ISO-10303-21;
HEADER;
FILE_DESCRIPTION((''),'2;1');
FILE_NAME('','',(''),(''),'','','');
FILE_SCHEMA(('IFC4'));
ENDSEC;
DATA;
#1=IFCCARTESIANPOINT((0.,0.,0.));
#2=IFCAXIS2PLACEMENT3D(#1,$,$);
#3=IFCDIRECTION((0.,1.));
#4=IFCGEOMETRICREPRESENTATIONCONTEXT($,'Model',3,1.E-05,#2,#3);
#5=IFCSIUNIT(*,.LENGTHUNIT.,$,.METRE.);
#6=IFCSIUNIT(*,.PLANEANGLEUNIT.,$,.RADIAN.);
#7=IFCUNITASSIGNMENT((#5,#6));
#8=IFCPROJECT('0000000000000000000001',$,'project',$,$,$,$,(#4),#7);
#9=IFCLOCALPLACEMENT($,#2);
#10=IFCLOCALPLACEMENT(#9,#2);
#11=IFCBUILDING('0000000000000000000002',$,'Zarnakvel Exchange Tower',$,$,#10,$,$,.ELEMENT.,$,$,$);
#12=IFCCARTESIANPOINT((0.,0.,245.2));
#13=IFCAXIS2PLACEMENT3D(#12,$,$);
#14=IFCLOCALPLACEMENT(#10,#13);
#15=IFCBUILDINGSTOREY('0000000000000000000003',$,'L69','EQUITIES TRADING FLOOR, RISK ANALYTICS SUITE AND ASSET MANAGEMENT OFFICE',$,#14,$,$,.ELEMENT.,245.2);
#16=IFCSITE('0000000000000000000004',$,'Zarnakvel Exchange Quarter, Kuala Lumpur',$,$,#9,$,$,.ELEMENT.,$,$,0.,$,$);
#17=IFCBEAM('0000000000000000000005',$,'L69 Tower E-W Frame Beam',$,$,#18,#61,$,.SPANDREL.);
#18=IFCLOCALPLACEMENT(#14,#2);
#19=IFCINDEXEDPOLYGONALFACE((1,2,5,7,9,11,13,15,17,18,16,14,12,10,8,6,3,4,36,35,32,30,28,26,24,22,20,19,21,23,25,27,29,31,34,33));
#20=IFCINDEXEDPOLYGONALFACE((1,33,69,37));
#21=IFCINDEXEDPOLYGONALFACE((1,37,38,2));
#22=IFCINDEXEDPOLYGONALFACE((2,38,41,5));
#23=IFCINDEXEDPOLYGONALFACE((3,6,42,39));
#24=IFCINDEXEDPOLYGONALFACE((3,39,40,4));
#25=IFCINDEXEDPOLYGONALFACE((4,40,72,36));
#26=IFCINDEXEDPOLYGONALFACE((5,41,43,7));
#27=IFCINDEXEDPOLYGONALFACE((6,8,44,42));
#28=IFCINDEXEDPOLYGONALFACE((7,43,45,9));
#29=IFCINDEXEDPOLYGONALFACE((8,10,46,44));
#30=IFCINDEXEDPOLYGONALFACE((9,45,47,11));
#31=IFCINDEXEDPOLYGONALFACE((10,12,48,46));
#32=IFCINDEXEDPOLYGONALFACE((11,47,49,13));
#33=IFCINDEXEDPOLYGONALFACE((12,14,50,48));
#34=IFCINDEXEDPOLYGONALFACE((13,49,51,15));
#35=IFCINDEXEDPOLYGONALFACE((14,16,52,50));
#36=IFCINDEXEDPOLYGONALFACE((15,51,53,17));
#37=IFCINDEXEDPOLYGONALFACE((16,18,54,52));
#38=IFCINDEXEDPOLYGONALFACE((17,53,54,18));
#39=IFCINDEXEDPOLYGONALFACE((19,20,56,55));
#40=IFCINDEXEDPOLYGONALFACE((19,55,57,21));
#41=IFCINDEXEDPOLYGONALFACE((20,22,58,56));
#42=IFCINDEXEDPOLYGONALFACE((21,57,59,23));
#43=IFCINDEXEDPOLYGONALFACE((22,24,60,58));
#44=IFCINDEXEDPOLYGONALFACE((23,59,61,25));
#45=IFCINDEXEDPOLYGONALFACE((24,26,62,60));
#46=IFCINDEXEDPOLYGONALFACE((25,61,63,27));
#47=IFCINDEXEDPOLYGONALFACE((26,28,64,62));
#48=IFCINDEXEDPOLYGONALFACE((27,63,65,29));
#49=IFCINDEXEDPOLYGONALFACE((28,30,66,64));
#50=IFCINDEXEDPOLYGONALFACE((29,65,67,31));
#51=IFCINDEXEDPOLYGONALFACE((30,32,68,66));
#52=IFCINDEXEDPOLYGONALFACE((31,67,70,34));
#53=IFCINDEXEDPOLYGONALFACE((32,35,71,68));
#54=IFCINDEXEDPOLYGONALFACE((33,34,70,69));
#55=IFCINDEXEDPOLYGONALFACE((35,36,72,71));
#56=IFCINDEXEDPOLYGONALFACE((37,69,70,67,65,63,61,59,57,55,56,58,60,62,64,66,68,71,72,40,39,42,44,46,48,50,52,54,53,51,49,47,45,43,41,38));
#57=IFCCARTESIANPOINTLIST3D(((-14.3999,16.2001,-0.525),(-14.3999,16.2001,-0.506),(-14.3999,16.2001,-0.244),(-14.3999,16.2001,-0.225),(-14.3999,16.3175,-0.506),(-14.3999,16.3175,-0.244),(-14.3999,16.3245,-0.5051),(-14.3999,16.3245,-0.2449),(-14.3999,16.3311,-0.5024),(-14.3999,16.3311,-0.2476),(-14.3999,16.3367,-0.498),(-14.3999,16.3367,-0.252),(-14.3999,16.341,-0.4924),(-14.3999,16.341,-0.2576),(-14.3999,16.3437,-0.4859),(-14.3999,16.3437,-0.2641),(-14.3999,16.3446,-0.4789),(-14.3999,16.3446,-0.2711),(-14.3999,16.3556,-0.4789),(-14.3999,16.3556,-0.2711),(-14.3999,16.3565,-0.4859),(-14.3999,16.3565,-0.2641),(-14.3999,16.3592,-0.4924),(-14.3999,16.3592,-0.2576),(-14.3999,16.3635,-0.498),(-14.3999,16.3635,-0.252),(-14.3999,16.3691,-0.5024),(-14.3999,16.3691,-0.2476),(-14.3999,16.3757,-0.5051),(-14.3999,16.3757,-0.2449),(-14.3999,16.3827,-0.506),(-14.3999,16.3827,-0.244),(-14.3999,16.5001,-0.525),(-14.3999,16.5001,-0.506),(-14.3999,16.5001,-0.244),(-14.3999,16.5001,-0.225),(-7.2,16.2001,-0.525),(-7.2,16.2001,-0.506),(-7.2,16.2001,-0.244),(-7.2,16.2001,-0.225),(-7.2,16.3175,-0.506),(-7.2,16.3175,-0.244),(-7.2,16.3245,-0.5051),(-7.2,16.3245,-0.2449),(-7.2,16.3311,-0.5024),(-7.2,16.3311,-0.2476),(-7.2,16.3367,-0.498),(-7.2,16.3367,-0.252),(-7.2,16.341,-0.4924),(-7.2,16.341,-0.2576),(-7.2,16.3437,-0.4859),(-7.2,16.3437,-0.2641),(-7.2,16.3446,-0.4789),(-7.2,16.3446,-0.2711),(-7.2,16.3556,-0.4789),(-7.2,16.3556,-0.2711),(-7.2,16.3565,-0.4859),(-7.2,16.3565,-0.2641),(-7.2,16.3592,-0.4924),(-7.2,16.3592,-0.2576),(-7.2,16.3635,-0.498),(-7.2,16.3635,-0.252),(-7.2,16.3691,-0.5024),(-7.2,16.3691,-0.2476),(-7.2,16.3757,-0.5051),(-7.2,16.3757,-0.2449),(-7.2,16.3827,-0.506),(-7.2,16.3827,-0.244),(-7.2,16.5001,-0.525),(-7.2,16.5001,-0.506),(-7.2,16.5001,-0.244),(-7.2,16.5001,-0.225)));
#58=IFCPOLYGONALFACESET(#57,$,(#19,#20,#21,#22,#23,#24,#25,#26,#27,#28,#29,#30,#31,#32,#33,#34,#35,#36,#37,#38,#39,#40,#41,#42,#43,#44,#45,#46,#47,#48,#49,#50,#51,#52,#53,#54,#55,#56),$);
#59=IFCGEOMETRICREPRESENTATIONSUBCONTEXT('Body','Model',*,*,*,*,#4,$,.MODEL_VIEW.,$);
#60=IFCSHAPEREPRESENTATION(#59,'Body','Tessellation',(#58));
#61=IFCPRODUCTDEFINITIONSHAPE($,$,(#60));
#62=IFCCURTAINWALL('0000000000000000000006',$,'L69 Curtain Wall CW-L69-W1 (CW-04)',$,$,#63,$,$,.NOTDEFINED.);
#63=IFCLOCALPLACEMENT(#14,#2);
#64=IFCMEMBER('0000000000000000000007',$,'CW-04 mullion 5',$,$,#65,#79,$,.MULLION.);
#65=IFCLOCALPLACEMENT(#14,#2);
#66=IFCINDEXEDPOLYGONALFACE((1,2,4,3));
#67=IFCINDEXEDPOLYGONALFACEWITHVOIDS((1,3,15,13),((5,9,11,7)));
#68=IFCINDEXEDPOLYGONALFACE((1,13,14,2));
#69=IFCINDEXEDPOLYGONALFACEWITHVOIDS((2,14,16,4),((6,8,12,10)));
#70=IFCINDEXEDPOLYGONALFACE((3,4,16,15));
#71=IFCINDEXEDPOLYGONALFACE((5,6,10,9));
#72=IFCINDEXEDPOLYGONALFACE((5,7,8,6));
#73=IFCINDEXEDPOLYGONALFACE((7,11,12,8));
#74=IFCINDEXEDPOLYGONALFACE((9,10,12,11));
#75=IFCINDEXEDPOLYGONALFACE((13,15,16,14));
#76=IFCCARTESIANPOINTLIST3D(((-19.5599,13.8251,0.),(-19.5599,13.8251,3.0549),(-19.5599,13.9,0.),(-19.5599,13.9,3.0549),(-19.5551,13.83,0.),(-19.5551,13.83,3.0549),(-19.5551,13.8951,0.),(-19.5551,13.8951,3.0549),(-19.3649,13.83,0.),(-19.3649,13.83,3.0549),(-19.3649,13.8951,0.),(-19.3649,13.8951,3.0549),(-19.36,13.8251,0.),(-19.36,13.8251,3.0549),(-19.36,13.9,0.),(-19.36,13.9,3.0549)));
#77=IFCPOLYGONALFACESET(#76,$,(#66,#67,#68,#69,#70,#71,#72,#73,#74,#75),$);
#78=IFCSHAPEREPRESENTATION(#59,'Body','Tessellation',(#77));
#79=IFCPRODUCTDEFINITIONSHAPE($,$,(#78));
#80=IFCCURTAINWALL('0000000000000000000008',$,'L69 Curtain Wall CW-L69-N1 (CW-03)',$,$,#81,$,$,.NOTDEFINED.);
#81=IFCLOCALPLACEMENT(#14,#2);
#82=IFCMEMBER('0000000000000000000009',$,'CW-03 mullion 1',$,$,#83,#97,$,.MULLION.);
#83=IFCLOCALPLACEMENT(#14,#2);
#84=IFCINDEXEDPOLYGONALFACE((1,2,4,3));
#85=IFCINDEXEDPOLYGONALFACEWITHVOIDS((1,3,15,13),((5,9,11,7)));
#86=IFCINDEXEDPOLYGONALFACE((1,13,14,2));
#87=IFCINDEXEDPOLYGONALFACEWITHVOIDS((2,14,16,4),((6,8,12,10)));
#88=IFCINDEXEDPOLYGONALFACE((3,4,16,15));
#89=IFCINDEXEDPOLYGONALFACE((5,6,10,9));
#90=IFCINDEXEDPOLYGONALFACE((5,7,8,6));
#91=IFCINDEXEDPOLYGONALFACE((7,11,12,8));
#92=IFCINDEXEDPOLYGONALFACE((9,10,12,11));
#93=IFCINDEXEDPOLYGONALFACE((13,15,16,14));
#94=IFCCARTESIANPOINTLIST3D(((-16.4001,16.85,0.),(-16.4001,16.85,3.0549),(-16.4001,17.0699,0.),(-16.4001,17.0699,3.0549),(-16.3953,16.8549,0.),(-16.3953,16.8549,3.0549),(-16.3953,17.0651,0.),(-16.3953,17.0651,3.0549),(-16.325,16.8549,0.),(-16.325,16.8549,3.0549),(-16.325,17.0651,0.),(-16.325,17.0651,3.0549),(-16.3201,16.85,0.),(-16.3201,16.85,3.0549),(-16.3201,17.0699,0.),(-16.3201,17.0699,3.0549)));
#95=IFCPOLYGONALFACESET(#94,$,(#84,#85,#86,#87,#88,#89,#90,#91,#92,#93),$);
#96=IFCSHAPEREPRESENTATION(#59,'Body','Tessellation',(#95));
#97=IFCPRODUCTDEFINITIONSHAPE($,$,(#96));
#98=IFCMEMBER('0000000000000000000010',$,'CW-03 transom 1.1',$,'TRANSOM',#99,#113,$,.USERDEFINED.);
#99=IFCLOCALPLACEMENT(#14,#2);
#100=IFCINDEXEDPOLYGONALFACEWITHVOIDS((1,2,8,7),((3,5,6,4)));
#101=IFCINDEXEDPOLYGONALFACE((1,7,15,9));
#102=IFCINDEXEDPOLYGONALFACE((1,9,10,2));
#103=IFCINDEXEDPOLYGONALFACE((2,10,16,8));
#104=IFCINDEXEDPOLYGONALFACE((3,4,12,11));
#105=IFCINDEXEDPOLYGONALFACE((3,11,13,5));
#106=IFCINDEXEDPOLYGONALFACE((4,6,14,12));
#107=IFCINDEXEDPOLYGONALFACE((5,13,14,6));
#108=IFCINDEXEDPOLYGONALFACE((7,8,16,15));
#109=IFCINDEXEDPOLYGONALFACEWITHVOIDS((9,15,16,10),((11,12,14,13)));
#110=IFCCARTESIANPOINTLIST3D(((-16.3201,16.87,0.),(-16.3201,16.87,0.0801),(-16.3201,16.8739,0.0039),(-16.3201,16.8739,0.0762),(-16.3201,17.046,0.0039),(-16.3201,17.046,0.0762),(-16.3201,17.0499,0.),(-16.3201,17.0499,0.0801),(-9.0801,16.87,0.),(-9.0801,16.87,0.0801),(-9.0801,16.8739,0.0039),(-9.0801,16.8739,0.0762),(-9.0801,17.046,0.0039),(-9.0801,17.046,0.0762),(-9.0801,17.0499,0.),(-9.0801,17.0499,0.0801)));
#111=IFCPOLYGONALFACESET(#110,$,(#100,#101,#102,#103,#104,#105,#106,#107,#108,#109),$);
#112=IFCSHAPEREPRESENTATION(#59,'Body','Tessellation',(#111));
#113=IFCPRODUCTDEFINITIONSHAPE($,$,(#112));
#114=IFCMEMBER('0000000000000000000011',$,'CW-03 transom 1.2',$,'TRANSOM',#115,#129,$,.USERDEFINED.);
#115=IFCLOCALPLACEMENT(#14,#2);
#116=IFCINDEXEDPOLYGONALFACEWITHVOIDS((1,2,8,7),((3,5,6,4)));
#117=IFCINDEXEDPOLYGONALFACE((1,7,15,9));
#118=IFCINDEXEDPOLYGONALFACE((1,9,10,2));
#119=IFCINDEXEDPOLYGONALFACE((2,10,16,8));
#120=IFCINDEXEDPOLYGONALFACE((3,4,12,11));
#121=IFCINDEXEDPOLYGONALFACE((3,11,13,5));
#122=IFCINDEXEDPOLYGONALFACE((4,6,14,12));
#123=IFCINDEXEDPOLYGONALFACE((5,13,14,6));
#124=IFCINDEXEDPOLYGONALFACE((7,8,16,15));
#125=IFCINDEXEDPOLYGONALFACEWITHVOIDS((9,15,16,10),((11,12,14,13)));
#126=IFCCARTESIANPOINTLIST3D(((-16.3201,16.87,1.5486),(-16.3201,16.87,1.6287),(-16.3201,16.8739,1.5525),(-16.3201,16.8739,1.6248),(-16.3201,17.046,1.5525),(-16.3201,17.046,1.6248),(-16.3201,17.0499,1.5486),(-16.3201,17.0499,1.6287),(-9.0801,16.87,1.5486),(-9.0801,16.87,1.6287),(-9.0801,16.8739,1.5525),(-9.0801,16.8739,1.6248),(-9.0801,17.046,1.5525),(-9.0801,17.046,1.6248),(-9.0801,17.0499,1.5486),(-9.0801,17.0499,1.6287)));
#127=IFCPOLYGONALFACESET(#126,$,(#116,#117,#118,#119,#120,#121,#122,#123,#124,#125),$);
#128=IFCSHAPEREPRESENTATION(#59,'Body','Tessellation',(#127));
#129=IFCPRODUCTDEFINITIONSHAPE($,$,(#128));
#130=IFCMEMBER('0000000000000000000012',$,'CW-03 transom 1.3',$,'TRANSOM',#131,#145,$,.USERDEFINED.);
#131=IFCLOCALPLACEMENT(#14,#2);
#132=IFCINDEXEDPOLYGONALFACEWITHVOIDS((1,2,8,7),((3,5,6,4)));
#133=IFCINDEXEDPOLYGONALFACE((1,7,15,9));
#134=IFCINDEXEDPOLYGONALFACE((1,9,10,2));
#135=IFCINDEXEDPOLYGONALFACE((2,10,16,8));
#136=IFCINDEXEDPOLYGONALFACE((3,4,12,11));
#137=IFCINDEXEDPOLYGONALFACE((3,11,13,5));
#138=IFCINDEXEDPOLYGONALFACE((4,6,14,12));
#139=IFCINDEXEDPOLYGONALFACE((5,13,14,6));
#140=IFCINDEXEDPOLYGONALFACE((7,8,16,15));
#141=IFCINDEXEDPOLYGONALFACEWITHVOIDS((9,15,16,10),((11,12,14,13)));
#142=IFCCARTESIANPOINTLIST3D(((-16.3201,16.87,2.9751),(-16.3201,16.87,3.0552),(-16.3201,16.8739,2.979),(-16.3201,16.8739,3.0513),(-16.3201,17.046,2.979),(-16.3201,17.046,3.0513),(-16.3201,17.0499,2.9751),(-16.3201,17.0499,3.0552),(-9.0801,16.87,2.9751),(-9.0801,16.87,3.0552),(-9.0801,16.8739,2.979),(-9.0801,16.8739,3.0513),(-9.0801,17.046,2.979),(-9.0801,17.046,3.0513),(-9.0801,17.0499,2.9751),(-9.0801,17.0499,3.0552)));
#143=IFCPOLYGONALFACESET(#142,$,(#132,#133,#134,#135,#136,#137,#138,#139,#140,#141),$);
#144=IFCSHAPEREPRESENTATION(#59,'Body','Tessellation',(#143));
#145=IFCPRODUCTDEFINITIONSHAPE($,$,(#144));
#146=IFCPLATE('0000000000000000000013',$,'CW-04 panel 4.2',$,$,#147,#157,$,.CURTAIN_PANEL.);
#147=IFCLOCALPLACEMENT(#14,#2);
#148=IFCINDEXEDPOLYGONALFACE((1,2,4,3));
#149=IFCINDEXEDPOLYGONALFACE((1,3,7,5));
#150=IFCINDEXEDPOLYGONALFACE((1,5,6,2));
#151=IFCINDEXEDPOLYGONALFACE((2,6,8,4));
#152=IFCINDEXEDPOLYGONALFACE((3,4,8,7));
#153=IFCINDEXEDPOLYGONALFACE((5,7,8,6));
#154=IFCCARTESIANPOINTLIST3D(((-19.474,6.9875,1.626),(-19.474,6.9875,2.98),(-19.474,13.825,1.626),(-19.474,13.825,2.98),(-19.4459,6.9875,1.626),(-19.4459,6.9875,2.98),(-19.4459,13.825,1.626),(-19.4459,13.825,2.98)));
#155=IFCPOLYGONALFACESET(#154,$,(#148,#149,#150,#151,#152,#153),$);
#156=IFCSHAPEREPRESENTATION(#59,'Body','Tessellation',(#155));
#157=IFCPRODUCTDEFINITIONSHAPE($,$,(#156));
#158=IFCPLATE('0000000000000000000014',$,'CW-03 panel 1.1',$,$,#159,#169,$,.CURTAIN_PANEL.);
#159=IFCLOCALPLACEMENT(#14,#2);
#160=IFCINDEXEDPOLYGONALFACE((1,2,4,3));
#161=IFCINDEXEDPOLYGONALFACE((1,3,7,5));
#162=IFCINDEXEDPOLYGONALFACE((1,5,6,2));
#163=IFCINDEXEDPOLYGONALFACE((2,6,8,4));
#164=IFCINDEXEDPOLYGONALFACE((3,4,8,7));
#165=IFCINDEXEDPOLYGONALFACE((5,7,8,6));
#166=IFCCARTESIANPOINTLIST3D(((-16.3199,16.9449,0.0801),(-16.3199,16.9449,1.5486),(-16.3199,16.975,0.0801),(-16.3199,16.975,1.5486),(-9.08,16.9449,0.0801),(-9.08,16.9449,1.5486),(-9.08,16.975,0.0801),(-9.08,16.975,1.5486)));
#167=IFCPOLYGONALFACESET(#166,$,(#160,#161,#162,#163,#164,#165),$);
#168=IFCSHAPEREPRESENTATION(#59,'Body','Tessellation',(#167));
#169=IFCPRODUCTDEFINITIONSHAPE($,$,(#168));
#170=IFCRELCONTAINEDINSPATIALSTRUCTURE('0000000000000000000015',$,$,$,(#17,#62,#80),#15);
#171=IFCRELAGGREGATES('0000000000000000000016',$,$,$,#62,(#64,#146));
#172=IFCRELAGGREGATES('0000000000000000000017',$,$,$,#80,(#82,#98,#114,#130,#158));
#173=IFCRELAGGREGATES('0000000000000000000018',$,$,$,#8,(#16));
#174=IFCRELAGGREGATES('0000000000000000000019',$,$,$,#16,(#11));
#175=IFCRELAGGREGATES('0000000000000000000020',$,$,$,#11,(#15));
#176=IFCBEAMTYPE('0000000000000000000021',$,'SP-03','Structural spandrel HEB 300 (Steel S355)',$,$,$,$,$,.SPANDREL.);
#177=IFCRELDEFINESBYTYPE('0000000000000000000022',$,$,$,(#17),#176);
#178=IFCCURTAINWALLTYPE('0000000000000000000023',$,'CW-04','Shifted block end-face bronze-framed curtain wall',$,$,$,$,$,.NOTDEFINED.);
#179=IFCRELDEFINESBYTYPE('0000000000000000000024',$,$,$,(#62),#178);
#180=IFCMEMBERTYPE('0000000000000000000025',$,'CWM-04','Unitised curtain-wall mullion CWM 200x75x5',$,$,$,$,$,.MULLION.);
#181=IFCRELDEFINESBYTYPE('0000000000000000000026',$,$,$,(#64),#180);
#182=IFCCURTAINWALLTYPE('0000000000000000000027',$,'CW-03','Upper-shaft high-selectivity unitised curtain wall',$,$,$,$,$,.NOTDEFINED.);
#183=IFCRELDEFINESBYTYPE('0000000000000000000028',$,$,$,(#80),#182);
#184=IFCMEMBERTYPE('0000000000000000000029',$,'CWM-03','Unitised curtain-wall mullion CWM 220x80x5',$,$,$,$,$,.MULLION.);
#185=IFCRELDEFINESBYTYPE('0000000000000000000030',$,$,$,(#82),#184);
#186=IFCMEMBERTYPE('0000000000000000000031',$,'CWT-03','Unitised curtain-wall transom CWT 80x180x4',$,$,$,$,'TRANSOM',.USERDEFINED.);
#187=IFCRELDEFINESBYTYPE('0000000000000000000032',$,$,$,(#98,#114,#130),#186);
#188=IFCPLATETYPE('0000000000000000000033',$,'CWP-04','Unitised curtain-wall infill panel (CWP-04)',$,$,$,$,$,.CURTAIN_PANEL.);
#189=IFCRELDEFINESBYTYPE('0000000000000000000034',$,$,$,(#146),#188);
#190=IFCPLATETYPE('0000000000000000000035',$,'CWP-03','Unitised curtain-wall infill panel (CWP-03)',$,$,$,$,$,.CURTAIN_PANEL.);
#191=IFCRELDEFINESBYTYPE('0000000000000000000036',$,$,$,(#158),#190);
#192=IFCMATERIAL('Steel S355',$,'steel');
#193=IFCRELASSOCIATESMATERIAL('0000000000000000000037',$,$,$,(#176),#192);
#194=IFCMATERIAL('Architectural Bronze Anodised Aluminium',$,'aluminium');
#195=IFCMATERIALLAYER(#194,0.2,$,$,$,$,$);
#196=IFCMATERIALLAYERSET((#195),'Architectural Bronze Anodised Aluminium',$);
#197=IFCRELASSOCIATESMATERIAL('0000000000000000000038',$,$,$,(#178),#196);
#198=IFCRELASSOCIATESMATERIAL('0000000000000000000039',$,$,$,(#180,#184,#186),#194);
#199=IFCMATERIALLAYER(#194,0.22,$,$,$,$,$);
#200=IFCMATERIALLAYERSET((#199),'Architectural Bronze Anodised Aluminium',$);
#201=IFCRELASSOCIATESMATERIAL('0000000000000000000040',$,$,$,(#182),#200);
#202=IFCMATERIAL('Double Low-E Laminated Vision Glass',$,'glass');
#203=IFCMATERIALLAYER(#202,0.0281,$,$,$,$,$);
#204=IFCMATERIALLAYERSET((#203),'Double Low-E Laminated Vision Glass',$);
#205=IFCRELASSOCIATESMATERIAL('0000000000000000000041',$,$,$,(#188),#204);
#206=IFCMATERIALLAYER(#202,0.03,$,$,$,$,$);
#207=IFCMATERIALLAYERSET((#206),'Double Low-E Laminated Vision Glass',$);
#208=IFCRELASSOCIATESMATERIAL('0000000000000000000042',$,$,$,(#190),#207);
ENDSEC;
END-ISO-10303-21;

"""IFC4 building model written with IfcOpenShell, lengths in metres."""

from ifc_helpers import new_model, si_unit, direction, frame, origin, origin_2d, place, context, subcontext, project, spatial, rectangle, hollow_rectangle, i_section, extrude, source, transform, mapped, material, layer, layer_set, material_profile, profile_set, type_object, element, aggregate, save


model = new_model("IFC4")

# Units and contexts
model_context = context("Model", 3, precision=1e-05, world=origin(), true_north=direction((0.0, 1.0)))
body_context = subcontext(model_context, "Body", "Model", "MODEL_VIEW")
ifc_project = project(units=[si_unit("LENGTHUNIT", "METRE"), si_unit("PLANEANGLEUNIT", "RADIAN")], contexts=[model_context])

# Site, building, storey
site_placement = place(None, origin())
site = spatial("IfcSite", under=ifc_project, at=site_placement, Name="Zarnakvel Exchange Quarter, Kuala Lumpur", CompositionType="ELEMENT", RefElevation=0.0)
building_placement = place(site_placement, origin())
building = spatial("IfcBuilding", under=site, at=building_placement, Name="Zarnakvel Exchange Tower", CompositionType="ELEMENT")
storey_placement = place(building_placement, frame((0.0, 0.0, 245.2)))
storey = spatial("IfcBuildingStorey", under=building, at=storey_placement, Name="L69", Description="EQUITIES TRADING FLOOR, RISK ANALYTICS SUITE AND ASSET MANAGEMENT OFFICE", CompositionType="ELEMENT", Elevation=245.2)

# Shared definitions
ifc_material_1 = material(Name="Steel S355", Category="steel")

# Beam
ifc_material_profile_1 = material_profile(ifc_material_1, i_section(OverallWidth=0.3, OverallDepth=0.3, WebThickness=0.011, FlangeThickness=0.019, FilletRadius=0.0271, at=origin_2d()))
ifc_profile_set_1 = profile_set([ifc_material_profile_1], Name="Steel S355")
beam_type_1 = type_object("IfcBeamType", Name="SP-03", Description="Structural spandrel HEB 300 (Steel S355)", PredefinedType="SPANDREL", material=ifc_profile_set_1)
beam_1_placement = place(storey_placement, frame((-14.3999, 16.3501, -0.375), z_axis=(1.0, 0.0, 0.0), x_axis=(0.0, 1.0, 0.0)))
element("IfcBeam", 1, at=beam_1_placement, inside=storey, type_object=beam_type_1, Name="L69 Tower E-W Frame Beam", PredefinedType="SPANDREL", context=body_context, shape_type="SweptSolid", body=[
    extrude(i_section(OverallWidth=0.3, OverallDepth=0.3, WebThickness=0.011, FlangeThickness=0.019, FilletRadius=0.0271, at=origin_2d()), origin(), (0.0, 0.0, 1.0), 7.2),
])

# Curtain wall, member
ifc_material_2 = material(Name="Architectural Bronze Anodised Aluminium", Category="aluminium")
ifc_layer_1 = layer(ifc_material_2, 0.2)
ifc_layer_set_1 = layer_set([ifc_layer_1], Name="Architectural Bronze Anodised Aluminium")
curtain_wall_type_1 = type_object("IfcCurtainWallType", Name="CW-04", Description="Shifted block end-face bronze-framed curtain wall", PredefinedType="NOTDEFINED", material=ifc_layer_set_1)
curtain_wall_1_placement = place(storey_placement, origin())
curtain_wall_1 = element("IfcCurtainWall", 2, at=curtain_wall_1_placement, inside=storey, type_object=curtain_wall_type_1, Name="L69 Curtain Wall CW-L69-W1 (CW-04)", PredefinedType="NOTDEFINED")
ifc_material_profile_2 = material_profile(ifc_material_2, hollow_rectangle(XDim=0.2, YDim=0.075, WallThickness=0.0049, at=origin_2d()))
ifc_profile_set_2 = profile_set([ifc_material_profile_2], Name="Architectural Bronze Anodised Aluminium")
member_type_1 = type_object("IfcMemberType", Name="CWM-04", Description="Unitised curtain-wall mullion CWM 200x75x5", PredefinedType="MULLION", material=ifc_profile_set_2)
shared_shape_1 = source(origin(), body_context, "Body", "SweptSolid", [
    extrude(hollow_rectangle(XDim=0.2, YDim=0.075, WallThickness=0.0049, at=origin_2d()), origin(), (0.0, 0.0, 1.0), 3.0549),
])
member_1_placement = place(storey_placement, frame((-19.46, 13.8625, 0.0), z_axis=(0.0, 0.0, 1.0), x_axis=(-1.0, 0.0, 0.0)))
member_1 = element("IfcMember", 3, at=member_1_placement, type_object=member_type_1, Name="CW-04 mullion 5", PredefinedType="MULLION", context=body_context, shape_type="MappedRepresentation", body=[
    mapped(shared_shape_1, transform((0.0, 0.0, 0.0), x_axis=(1.0, 0.0, 0.0), y_axis=(0.0, 1.0, 0.0), z_axis=(0.0, 0.0, 1.0), scale=1.0)),
])

# Curtain wall, members
ifc_layer_2 = layer(ifc_material_2, 0.22)
ifc_layer_set_2 = layer_set([ifc_layer_2], Name="Architectural Bronze Anodised Aluminium")
curtain_wall_type_2 = type_object("IfcCurtainWallType", Name="CW-03", Description="Upper-shaft high-selectivity unitised curtain wall", PredefinedType="NOTDEFINED", material=ifc_layer_set_2)
curtain_wall_2_placement = place(storey_placement, origin())
curtain_wall_2 = element("IfcCurtainWall", 4, at=curtain_wall_2_placement, inside=storey, type_object=curtain_wall_type_2, Name="L69 Curtain Wall CW-L69-N1 (CW-03)", PredefinedType="NOTDEFINED")
ifc_material_profile_3 = material_profile(ifc_material_2, hollow_rectangle(XDim=0.22, YDim=0.0801, WallThickness=0.0049, at=origin_2d()))
ifc_profile_set_3 = profile_set([ifc_material_profile_3], Name="Architectural Bronze Anodised Aluminium")
member_type_2 = type_object("IfcMemberType", Name="CWM-03", Description="Unitised curtain-wall mullion CWM 220x80x5", PredefinedType="MULLION", material=ifc_profile_set_3)
shared_shape_2 = source(origin(), body_context, "Body", "SweptSolid", [
    extrude(hollow_rectangle(XDim=0.22, YDim=0.0801, WallThickness=0.0049, at=origin_2d()), origin(), (0.0, 0.0, 1.0), 3.0549),
])
member_2_placement = place(storey_placement, frame((-16.3601, 16.96, 0.0), z_axis=(0.0, 0.0, 1.0), x_axis=(0.0, 1.0, 0.0)))
member_2 = element("IfcMember", 5, at=member_2_placement, type_object=member_type_2, Name="CW-03 mullion 1", PredefinedType="MULLION", context=body_context, shape_type="MappedRepresentation", body=[
    mapped(shared_shape_2, transform((0.0, 0.0, 0.0), x_axis=(1.0, 0.0, 0.0), y_axis=(0.0, 1.0, 0.0), z_axis=(0.0, 0.0, 1.0), scale=1.0)),
])
ifc_material_profile_4 = material_profile(ifc_material_2, hollow_rectangle(XDim=0.1799, YDim=0.0801, WallThickness=0.0039, at=origin_2d()))
ifc_profile_set_4 = profile_set([ifc_material_profile_4], Name="Architectural Bronze Anodised Aluminium")
member_type_3 = type_object("IfcMemberType", Name="CWT-03", Description="Unitised curtain-wall transom CWT 80x180x4", ElementType="TRANSOM", PredefinedType="USERDEFINED", material=ifc_profile_set_4)
shared_shape_3 = source(origin(), body_context, "Body", "SweptSolid", [
    extrude(hollow_rectangle(XDim=0.1799, YDim=0.0801, WallThickness=0.0039, at=origin_2d()), origin(), (0.0, 0.0, 1.0), 7.24),
])
member_3_placement = place(storey_placement, frame((-16.3201, 16.96, 0.04), z_axis=(1.0, 0.0, 0.0), x_axis=(0.0, 1.0, 0.0)))
member_3 = element("IfcMember", 6, at=member_3_placement, type_object=member_type_3, Name="CW-03 transom 1.1", ObjectType="TRANSOM", PredefinedType="USERDEFINED", context=body_context, shape_type="MappedRepresentation", body=[
    mapped(shared_shape_3, transform((0.0, 0.0, 0.0), x_axis=(1.0, 0.0, 0.0), y_axis=(0.0, 1.0, 0.0), z_axis=(0.0, 0.0, 1.0), scale=1.0)),
])
member_4_placement = place(storey_placement, frame((-16.3201, 16.96, 1.5886), z_axis=(1.0, 0.0, 0.0), x_axis=(0.0, 1.0, 0.0)))
member_4 = element("IfcMember", 7, at=member_4_placement, type_object=member_type_3, Name="CW-03 transom 1.2", ObjectType="TRANSOM", PredefinedType="USERDEFINED", context=body_context, shape_type="MappedRepresentation", body=[
    mapped(shared_shape_3, transform((0.0, 0.0, 0.0), x_axis=(1.0, 0.0, 0.0), y_axis=(0.0, 1.0, 0.0), z_axis=(0.0, 0.0, 1.0), scale=1.0)),
])
member_5_placement = place(storey_placement, frame((-16.3201, 16.96, 3.0151), z_axis=(1.0, 0.0, 0.0), x_axis=(0.0, 1.0, 0.0)))
member_5 = element("IfcMember", 8, at=member_5_placement, type_object=member_type_3, Name="CW-03 transom 1.3", ObjectType="TRANSOM", PredefinedType="USERDEFINED", context=body_context, shape_type="MappedRepresentation", body=[
    mapped(shared_shape_3, transform((0.0, 0.0, 0.0), x_axis=(1.0, 0.0, 0.0), y_axis=(0.0, 1.0, 0.0), z_axis=(0.0, 0.0, 1.0), scale=1.0)),
])

# Plates
ifc_material_3 = material(Name="Double Low-E Laminated Vision Glass", Category="glass")
ifc_layer_3 = layer(ifc_material_3, 0.0281)
ifc_layer_set_3 = layer_set([ifc_layer_3], Name="Double Low-E Laminated Vision Glass")
plate_type_1 = type_object("IfcPlateType", Name="CWP-04", Description="Unitised curtain-wall infill panel (CWP-04)", PredefinedType="CURTAIN_PANEL", material=ifc_layer_set_3)
shared_shape_4 = source(origin(), body_context, "Body", "SweptSolid", [
    extrude(rectangle(XDim=6.8374, YDim=0.0281, at=origin_2d()), origin(), (0.0, 0.0, 1.0), 1.354),
])
plate_1_placement = place(storey_placement, frame((-19.46, 10.4062, 1.626), z_axis=(0.0, 0.0, 1.0), x_axis=(0.0, 1.0, 0.0)))
plate_1 = element("IfcPlate", 9, at=plate_1_placement, type_object=plate_type_1, Name="CW-04 panel 4.2", PredefinedType="CURTAIN_PANEL", context=body_context, shape_type="MappedRepresentation", body=[
    mapped(shared_shape_4, transform((0.0, 0.0, 0.0), x_axis=(1.0, 0.0, 0.0), y_axis=(0.0, 1.0, 0.0), z_axis=(0.0, 0.0, 1.0), scale=1.0)),
])
aggregate(curtain_wall_1, [member_1, plate_1])
ifc_layer_4 = layer(ifc_material_3, 0.03)
ifc_layer_set_4 = layer_set([ifc_layer_4], Name="Double Low-E Laminated Vision Glass")
plate_type_2 = type_object("IfcPlateType", Name="CWP-03", Description="Unitised curtain-wall infill panel (CWP-03)", PredefinedType="CURTAIN_PANEL", material=ifc_layer_set_4)
shared_shape_5 = source(origin(), body_context, "Body", "SweptSolid", [
    extrude(rectangle(XDim=7.24, YDim=0.03, at=origin_2d()), origin(), (0.0, 0.0, 1.0), 1.4685),
])
plate_2_placement = place(storey_placement, frame((-12.7, 16.96, 0.0801), z_axis=(0.0, 0.0, 1.0), x_axis=(1.0, 0.0, 0.0)))
plate_2 = element("IfcPlate", 10, at=plate_2_placement, type_object=plate_type_2, Name="CW-03 panel 1.1", PredefinedType="CURTAIN_PANEL", context=body_context, shape_type="MappedRepresentation", body=[
    mapped(shared_shape_5, transform((0.0, 0.0, 0.0), x_axis=(1.0, 0.0, 0.0), y_axis=(0.0, 1.0, 0.0), z_axis=(0.0, 0.0, 1.0), scale=1.0)),
])
aggregate(curtain_wall_2, [member_2, member_3, member_4, member_5, plate_2])

save(model, "model.ifc")
